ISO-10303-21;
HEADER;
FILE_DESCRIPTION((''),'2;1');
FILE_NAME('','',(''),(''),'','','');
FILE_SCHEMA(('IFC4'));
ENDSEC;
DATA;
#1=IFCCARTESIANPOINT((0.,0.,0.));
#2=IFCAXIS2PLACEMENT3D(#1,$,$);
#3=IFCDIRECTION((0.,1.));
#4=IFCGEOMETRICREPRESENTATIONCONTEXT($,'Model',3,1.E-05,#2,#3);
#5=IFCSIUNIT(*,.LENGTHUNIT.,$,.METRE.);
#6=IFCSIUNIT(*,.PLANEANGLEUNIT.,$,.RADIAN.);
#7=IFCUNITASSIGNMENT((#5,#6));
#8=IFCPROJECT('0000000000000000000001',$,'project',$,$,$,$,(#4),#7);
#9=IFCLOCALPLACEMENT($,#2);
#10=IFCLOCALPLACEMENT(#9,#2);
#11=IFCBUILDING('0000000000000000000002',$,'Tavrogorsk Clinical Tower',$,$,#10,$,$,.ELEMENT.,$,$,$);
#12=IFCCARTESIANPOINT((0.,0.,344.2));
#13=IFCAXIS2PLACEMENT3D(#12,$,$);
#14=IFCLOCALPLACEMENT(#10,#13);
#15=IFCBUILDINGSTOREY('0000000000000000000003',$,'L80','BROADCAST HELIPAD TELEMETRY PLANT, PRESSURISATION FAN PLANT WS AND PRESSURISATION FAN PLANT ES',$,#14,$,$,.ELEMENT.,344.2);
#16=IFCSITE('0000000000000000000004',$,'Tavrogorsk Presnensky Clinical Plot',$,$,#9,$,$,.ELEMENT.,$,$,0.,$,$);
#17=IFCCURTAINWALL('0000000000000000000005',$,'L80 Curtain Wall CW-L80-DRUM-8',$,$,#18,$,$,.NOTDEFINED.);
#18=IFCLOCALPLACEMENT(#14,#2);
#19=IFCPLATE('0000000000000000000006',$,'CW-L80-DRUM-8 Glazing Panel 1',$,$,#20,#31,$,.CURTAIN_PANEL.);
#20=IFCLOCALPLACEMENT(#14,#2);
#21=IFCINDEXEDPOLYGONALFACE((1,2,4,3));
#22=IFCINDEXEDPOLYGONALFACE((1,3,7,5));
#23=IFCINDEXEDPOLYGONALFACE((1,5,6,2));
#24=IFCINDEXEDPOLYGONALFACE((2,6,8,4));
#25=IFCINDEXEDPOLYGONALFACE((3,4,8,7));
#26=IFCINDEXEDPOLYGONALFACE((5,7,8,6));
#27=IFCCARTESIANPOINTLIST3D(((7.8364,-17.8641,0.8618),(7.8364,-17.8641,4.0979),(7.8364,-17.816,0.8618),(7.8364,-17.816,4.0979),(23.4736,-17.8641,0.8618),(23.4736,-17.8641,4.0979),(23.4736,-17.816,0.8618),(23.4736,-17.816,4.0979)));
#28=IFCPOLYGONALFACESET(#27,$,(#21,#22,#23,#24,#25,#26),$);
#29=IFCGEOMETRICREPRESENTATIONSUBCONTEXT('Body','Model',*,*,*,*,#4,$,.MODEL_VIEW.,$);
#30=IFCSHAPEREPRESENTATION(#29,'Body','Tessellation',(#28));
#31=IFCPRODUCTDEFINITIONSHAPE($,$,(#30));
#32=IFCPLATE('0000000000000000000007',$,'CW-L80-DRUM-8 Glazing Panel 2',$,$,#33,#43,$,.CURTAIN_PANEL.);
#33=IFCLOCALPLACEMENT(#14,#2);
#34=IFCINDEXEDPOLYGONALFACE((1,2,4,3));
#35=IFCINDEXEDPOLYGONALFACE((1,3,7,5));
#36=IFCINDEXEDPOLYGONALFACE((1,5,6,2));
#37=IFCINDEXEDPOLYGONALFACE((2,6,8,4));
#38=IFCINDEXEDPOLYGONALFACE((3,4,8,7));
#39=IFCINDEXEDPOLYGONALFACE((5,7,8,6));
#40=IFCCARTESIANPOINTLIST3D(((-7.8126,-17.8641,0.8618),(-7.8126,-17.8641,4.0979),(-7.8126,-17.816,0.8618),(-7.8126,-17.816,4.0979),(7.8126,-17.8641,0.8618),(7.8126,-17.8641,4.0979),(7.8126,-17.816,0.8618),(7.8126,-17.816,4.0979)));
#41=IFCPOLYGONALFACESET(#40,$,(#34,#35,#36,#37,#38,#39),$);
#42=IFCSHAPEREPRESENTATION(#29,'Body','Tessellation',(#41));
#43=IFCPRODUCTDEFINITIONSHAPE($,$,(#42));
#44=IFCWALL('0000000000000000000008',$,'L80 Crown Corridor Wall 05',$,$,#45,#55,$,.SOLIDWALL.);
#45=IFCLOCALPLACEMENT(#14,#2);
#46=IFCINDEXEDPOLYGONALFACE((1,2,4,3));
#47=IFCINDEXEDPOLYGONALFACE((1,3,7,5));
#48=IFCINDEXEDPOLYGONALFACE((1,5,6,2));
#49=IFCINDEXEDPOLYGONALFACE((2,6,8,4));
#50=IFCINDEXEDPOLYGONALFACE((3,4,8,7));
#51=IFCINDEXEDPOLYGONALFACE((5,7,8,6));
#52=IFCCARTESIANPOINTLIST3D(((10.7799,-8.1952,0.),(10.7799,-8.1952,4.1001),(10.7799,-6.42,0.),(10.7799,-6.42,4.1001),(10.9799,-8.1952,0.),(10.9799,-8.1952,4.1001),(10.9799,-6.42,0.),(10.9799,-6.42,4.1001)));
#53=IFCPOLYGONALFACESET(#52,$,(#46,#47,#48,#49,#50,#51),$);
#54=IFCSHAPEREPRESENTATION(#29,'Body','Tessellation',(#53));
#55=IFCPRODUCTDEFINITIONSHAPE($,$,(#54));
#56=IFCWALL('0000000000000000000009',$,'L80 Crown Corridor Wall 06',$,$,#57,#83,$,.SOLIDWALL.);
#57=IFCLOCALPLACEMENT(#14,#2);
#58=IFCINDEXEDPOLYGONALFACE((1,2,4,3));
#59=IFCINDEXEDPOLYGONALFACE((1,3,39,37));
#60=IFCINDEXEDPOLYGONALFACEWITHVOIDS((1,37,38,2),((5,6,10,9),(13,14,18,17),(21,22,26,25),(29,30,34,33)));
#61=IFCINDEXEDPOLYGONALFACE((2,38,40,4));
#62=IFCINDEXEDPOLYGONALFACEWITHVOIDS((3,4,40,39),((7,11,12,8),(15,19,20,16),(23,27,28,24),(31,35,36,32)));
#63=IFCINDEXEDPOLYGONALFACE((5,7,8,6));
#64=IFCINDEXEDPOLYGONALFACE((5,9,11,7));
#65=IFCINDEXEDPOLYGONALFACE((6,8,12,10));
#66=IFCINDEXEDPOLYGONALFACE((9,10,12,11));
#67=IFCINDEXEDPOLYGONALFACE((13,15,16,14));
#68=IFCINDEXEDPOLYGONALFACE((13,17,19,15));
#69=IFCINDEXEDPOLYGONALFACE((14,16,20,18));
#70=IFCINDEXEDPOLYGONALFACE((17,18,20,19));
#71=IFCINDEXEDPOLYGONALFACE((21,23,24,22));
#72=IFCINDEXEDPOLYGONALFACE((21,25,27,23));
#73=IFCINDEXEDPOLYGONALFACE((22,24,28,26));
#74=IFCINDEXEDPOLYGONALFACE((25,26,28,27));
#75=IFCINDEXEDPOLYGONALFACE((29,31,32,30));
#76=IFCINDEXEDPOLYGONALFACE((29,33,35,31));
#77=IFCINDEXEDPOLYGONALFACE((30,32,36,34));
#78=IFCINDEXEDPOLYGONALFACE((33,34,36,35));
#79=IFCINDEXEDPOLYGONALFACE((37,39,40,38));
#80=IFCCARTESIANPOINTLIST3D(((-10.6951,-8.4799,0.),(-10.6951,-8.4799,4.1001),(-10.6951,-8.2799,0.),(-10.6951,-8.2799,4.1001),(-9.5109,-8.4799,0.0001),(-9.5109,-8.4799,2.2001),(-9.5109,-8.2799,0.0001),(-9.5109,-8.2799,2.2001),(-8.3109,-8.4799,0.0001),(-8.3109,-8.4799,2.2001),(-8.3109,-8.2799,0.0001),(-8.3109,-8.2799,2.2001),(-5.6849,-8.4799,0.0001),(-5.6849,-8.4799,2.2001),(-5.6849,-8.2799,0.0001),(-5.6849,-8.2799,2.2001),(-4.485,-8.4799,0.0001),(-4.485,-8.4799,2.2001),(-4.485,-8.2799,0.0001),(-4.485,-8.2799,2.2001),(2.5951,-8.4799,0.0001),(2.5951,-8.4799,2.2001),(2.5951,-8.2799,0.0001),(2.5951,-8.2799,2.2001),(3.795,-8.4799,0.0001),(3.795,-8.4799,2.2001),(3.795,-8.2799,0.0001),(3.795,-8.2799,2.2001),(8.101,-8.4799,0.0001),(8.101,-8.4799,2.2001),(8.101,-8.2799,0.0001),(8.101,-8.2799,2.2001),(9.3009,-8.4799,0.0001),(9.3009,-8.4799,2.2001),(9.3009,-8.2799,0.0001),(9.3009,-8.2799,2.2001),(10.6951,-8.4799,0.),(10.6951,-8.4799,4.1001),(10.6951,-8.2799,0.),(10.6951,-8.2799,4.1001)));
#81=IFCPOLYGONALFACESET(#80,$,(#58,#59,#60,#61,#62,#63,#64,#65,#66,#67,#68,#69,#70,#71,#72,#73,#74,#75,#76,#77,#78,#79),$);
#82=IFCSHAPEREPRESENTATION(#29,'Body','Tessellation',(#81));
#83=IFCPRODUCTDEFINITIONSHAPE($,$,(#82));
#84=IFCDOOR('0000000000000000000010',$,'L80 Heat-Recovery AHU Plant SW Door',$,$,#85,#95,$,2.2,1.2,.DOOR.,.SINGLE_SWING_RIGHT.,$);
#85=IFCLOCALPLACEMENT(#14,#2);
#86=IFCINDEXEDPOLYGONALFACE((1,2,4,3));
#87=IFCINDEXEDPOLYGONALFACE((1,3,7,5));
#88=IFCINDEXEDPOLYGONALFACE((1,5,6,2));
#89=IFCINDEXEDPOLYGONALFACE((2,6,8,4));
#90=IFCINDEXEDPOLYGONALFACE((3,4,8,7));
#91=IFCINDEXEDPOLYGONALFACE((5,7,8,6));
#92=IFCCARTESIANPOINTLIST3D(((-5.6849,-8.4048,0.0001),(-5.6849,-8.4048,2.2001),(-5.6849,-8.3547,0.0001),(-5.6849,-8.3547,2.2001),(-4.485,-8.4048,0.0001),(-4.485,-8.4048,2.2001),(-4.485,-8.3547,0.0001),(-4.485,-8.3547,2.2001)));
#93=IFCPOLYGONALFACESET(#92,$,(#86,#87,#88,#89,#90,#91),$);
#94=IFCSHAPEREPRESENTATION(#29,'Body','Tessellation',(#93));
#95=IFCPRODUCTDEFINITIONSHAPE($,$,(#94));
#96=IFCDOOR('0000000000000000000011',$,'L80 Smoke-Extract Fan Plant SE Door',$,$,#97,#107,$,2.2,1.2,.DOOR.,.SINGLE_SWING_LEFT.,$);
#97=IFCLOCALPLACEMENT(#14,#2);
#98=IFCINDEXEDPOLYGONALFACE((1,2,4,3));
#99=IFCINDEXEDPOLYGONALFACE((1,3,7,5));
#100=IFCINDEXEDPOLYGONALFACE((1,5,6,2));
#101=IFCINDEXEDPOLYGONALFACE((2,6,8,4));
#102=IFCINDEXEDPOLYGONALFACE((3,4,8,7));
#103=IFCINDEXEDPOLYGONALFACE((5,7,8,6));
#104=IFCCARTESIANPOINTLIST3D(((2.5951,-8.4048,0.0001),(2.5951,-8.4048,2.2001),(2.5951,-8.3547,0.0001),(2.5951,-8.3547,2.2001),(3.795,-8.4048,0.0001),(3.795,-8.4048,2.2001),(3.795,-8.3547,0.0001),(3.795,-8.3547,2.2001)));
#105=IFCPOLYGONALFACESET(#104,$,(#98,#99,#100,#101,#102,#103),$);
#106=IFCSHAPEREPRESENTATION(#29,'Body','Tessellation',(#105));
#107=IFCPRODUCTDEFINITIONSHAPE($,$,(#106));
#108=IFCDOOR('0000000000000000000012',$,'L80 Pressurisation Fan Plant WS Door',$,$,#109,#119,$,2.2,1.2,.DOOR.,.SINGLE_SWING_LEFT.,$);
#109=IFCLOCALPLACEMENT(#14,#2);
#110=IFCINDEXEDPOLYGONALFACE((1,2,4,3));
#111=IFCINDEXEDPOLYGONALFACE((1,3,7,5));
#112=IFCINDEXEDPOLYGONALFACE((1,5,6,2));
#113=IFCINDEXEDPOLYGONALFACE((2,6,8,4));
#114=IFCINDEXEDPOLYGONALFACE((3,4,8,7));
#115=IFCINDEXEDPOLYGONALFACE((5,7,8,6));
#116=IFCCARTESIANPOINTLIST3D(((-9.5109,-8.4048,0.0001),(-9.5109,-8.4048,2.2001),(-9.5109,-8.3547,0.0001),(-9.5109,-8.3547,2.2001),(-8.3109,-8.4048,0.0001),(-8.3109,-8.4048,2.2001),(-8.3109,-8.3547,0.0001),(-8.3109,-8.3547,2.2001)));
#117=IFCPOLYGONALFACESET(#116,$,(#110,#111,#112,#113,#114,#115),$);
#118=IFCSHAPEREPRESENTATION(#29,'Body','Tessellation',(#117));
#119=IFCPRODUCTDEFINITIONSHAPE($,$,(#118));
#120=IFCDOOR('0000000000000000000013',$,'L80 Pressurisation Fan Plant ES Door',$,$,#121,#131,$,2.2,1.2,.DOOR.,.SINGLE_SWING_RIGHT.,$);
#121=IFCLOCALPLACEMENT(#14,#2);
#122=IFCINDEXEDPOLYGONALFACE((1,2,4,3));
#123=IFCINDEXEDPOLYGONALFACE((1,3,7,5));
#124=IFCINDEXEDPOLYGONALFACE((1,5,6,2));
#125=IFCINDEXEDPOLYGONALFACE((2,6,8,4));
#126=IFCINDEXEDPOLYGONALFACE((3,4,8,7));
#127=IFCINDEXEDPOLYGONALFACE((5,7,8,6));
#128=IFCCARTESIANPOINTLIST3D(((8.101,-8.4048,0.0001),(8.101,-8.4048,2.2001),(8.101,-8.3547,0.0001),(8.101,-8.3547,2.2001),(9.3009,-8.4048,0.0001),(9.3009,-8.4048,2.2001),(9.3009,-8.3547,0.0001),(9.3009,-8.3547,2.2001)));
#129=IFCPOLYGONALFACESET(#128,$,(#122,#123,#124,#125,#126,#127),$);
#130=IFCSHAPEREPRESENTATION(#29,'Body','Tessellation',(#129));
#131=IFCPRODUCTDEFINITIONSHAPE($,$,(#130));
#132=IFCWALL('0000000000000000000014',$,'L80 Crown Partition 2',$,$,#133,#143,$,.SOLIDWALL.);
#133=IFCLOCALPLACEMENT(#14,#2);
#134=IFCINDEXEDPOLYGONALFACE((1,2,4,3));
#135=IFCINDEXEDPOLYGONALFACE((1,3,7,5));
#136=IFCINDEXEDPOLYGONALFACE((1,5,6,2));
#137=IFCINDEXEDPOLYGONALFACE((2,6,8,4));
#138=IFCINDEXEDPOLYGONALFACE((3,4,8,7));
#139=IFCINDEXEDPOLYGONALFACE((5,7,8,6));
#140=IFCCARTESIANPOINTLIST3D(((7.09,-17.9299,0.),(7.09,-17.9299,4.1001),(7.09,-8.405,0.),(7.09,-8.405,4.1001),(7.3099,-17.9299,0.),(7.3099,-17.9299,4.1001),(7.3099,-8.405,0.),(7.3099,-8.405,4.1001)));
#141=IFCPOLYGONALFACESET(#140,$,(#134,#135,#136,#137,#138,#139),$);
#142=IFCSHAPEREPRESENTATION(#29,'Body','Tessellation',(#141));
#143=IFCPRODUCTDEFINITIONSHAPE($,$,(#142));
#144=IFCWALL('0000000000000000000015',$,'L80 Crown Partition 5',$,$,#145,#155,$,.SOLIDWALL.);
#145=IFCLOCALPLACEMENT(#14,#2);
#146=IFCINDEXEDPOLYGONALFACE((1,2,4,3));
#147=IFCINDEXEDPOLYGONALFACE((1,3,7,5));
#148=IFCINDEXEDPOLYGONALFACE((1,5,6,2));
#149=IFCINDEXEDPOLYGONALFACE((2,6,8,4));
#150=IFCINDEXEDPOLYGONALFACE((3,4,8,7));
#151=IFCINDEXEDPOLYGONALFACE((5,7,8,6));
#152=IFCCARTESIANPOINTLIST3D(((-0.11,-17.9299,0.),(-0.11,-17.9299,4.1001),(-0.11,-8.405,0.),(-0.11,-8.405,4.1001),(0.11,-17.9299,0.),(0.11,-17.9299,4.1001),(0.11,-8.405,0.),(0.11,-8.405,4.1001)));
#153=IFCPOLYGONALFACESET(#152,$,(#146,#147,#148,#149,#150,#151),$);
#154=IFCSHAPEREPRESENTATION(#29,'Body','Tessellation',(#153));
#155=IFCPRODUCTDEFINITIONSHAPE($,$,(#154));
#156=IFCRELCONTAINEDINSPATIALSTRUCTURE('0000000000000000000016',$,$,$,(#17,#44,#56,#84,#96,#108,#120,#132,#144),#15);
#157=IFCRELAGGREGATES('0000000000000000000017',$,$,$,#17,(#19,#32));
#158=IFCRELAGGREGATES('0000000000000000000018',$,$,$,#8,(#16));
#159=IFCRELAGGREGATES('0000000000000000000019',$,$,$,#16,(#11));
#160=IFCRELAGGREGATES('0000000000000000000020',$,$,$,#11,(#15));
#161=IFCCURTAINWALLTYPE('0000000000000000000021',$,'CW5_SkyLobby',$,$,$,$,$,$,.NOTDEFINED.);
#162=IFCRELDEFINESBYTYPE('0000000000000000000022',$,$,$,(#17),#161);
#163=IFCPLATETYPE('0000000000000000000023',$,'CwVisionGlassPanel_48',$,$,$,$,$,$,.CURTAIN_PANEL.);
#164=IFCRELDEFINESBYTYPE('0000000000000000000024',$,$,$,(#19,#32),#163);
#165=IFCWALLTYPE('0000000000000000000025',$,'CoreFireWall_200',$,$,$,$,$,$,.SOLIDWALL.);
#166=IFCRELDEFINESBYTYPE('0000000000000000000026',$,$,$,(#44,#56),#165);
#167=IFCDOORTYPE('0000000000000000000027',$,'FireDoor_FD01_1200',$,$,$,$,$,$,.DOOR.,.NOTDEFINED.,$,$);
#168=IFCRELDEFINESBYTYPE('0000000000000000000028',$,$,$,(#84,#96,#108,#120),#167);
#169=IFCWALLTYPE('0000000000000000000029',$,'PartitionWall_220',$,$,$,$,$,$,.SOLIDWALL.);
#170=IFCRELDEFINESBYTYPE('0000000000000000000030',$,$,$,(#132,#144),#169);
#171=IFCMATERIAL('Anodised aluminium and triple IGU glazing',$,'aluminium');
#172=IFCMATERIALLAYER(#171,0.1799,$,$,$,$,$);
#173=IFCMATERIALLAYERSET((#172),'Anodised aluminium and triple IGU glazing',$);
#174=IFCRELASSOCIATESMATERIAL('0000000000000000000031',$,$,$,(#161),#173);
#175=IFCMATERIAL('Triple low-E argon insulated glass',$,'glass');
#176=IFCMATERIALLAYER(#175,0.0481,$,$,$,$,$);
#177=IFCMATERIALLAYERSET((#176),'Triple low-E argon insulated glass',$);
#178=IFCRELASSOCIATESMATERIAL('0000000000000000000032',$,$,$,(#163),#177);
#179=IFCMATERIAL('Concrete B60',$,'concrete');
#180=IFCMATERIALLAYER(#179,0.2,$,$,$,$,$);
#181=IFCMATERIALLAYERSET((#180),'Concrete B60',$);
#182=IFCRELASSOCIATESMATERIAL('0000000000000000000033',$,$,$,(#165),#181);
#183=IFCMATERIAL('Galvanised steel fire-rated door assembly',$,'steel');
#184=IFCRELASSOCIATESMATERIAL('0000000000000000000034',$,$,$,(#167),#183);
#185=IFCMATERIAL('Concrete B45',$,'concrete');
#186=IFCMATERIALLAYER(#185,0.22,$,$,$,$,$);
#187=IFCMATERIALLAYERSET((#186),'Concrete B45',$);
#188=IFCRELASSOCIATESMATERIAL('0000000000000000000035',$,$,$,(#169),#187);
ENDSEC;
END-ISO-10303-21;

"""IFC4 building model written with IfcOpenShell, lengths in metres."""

from ifc_helpers import new_model, si_unit, direction, frame, frame_2d, origin, origin_2d, place, context, subcontext, project, spatial, rectangle, extrude, material, layer, layer_set, type_object, element, fill, aggregate, save


model = new_model("IFC4")

# Units and contexts
model_context = context("Model", 3, precision=1e-05, world=origin(), true_north=direction((0.0, 1.0)))
body_context = subcontext(model_context, "Body", "Model", "MODEL_VIEW")
ifc_project = project(units=[si_unit("LENGTHUNIT", "METRE"), si_unit("PLANEANGLEUNIT", "RADIAN")], contexts=[model_context])

# Site, building, storey
site_placement = place(None, origin())
site = spatial("IfcSite", under=ifc_project, at=site_placement, Name="Tavrogorsk Presnensky Clinical Plot", CompositionType="ELEMENT", RefElevation=0.0)
building_placement = place(site_placement, origin())
building = spatial("IfcBuilding", under=site, at=building_placement, Name="Tavrogorsk Clinical Tower", CompositionType="ELEMENT")
storey_placement = place(building_placement, frame((0.0, 0.0, 344.2)))
storey = spatial("IfcBuildingStorey", under=building, at=storey_placement, Name="L80", Description="BROADCAST HELIPAD TELEMETRY PLANT, PRESSURISATION FAN PLANT WS AND PRESSURISATION FAN PLANT ES", CompositionType="ELEMENT", Elevation=344.2)

# Curtain wall
ifc_material_1 = material(Name="Anodised aluminium and triple IGU glazing", Category="aluminium")
ifc_layer_1 = layer(ifc_material_1, 0.1799)
ifc_layer_set_1 = layer_set([ifc_layer_1], Name="Anodised aluminium and triple IGU glazing")
curtain_wall_type = type_object("IfcCurtainWallType", Name="CW5_SkyLobby", PredefinedType="NOTDEFINED", material=ifc_layer_set_1)
curtain_wall_placement = place(storey_placement, origin())
curtain_wall = element("IfcCurtainWall", 1, at=curtain_wall_placement, inside=storey, type_object=curtain_wall_type, Name="L80 Curtain Wall CW-L80-DRUM-8", PredefinedType="NOTDEFINED")

# Plates
ifc_material_2 = material(Name="Triple low-E argon insulated glass", Category="glass")
ifc_layer_2 = layer(ifc_material_2, 0.0481)
ifc_layer_set_2 = layer_set([ifc_layer_2], Name="Triple low-E argon insulated glass")
plate_type_1 = type_object("IfcPlateType", Name="CwVisionGlassPanel_48", PredefinedType="CURTAIN_PANEL", material=ifc_layer_set_2)
plate_1_placement = place(storey_placement, frame((15.655, -17.8401, 0.8618), z_axis=(0.0, 0.0, 1.0), x_axis=(-1.0, 0.0, 0.0)))
plate_1 = element("IfcPlate", 2, at=plate_1_placement, type_object=plate_type_1, Name="CW-L80-DRUM-8 Glazing Panel 1", PredefinedType="CURTAIN_PANEL", context=body_context, shape_type="SweptSolid", body=[
    extrude(rectangle(XDim=15.6372, YDim=0.0481, at=origin_2d()), origin(), (0.0, 0.0, 1.0), 3.2361),
])
plate_2_placement = place(storey_placement, frame((0.0, -17.8401, 0.8618), z_axis=(0.0, 0.0, 1.0), x_axis=(-1.0, 0.0, 0.0)))
plate_2 = element("IfcPlate", 3, at=plate_2_placement, type_object=plate_type_1, Name="CW-L80-DRUM-8 Glazing Panel 2", PredefinedType="CURTAIN_PANEL", context=body_context, shape_type="SweptSolid", body=[
    extrude(rectangle(XDim=15.6252, YDim=0.0481, at=origin_2d()), origin(), (0.0, 0.0, 1.0), 3.2361),
])
aggregate(curtain_wall, [plate_1, plate_2])

# Wall
ifc_material_3 = material(Name="Concrete B60", Category="concrete")
ifc_layer_3 = layer(ifc_material_3, 0.2)
ifc_layer_set_3 = layer_set([ifc_layer_3], Name="Concrete B60")
wall_type_1 = type_object("IfcWallType", Name="CoreFireWall_200", PredefinedType="SOLIDWALL", material=ifc_layer_set_3)
wall_1_placement = place(storey_placement, frame((10.8799, -6.4199, 0.0), z_axis=(0.0, 0.0, 1.0), x_axis=(0.0, -1.0, 0.0)))
element("IfcWall", 4, at=wall_1_placement, inside=storey, type_object=wall_type_1, Name="L80 Crown Corridor Wall 05", PredefinedType="SOLIDWALL", context=body_context, shape_type="SweptSolid", body=[
    extrude(rectangle(XDim=1.7751, YDim=0.2, at=frame_2d((0.8877, 0.0))), origin(), (0.0, 0.0, 1.0), 4.1001),
])

# Wall, openings, doors
wall_2_placement = place(storey_placement, frame((10.6951, -8.3799, 0.0), z_axis=(0.0, 0.0, 1.0), x_axis=(-1.0, 0.0, 0.0)))
wall_2 = element("IfcWall", 5, at=wall_2_placement, inside=storey, type_object=wall_type_1, Name="L80 Crown Corridor Wall 06", PredefinedType="SOLIDWALL", context=body_context, shape_type="SweptSolid", body=[
    extrude(rectangle(XDim=21.3901, YDim=0.2, at=frame_2d((10.6951, 0.0))), origin(), (0.0, 0.0, 1.0), 4.1001),
])
opening_1_placement = place(wall_2_placement, frame((15.1799, 0.0, 0.0)))
opening_1 = element("IfcOpeningElement", 6, at=opening_1_placement, cuts=wall_2, PredefinedType="OPENING", context=body_context, shape_type="SweptSolid", body=[
    extrude(rectangle(XDim=1.2, YDim=2.2, at=frame_2d((0.6001, 1.1001))), frame((0.0, 0.1099, 0.0), z_axis=(0.0, -1.0, 0.0), x_axis=(1.0, 0.0, 0.0)), (0.0, 0.0, 1.0), 0.22),
])
opening_2_placement = place(wall_2_placement, frame((6.8999, 0.0, 0.0)))
opening_2 = element("IfcOpeningElement", 7, at=opening_2_placement, cuts=wall_2, PredefinedType="OPENING", context=body_context, shape_type="SweptSolid", body=[
    extrude(rectangle(XDim=1.2, YDim=2.2, at=frame_2d((0.6001, 1.1001))), frame((0.0, 0.1099, 0.0), z_axis=(0.0, -1.0, 0.0), x_axis=(1.0, 0.0, 0.0)), (0.0, 0.0, 1.0), 0.22),
])
opening_3_placement = place(wall_2_placement, frame((19.0059, 0.0, 0.0)))
opening_3 = element("IfcOpeningElement", 8, at=opening_3_placement, cuts=wall_2, PredefinedType="OPENING", context=body_context, shape_type="SweptSolid", body=[
    extrude(rectangle(XDim=1.2, YDim=2.2, at=frame_2d((0.6001, 1.1001))), frame((0.0, 0.1099, 0.0), z_axis=(0.0, -1.0, 0.0), x_axis=(1.0, 0.0, 0.0)), (0.0, 0.0, 1.0), 0.22),
])
opening_4_placement = place(wall_2_placement, frame((1.394, 0.0, 0.0)))
opening_4 = element("IfcOpeningElement", 9, at=opening_4_placement, cuts=wall_2, PredefinedType="OPENING", context=body_context, shape_type="SweptSolid", body=[
    extrude(rectangle(XDim=1.2, YDim=2.2, at=frame_2d((0.6001, 1.1001))), frame((0.0, 0.1099, 0.0), z_axis=(0.0, -1.0, 0.0), x_axis=(1.0, 0.0, 0.0)), (0.0, 0.0, 1.0), 0.22),
])
ifc_material_4 = material(Name="Galvanised steel fire-rated door assembly", Category="steel")
door_type = type_object("IfcDoorType", Name="FireDoor_FD01_1200", OperationType="NOTDEFINED", PredefinedType="DOOR", material=ifc_material_4)
door_1_placement = place(opening_1_placement, origin())
door_1 = element("IfcDoor", 10, at=door_1_placement, inside=storey, type_object=door_type, Name="L80 Heat-Recovery AHU Plant SW Door", OperationType="SINGLE_SWING_RIGHT", OverallHeight=2.2, OverallWidth=1.2, PredefinedType="DOOR", context=body_context, shape_type="SweptSolid", body=[
    extrude(rectangle(XDim=1.2, YDim=2.2, at=frame_2d((0.6001, 1.1001))), frame((0.0, 0.0249, 0.0), z_axis=(0.0, -1.0, 0.0), x_axis=(1.0, 0.0, 0.0)), (0.0, 0.0, 1.0), 0.05),
])
fill(opening_1, door_1)
door_2_placement = place(opening_2_placement, origin())
door_2 = element("IfcDoor", 11, at=door_2_placement, inside=storey, type_object=door_type, Name="L80 Smoke-Extract Fan Plant SE Door", OperationType="SINGLE_SWING_LEFT", OverallHeight=2.2, OverallWidth=1.2, PredefinedType="DOOR", context=body_context, shape_type="SweptSolid", body=[
    extrude(rectangle(XDim=1.2, YDim=2.2, at=frame_2d((0.6001, 1.1001))), frame((0.0, 0.0249, 0.0), z_axis=(0.0, -1.0, 0.0), x_axis=(1.0, 0.0, 0.0)), (0.0, 0.0, 1.0), 0.05),
])
fill(opening_2, door_2)
door_3_placement = place(opening_3_placement, origin())
door_3 = element("IfcDoor", 12, at=door_3_placement, inside=storey, type_object=door_type, Name="L80 Pressurisation Fan Plant WS Door", OperationType="SINGLE_SWING_LEFT", OverallHeight=2.2, OverallWidth=1.2, PredefinedType="DOOR", context=body_context, shape_type="SweptSolid", body=[
    extrude(rectangle(XDim=1.2, YDim=2.2, at=frame_2d((0.6001, 1.1001))), frame((0.0, 0.0249, 0.0), z_axis=(0.0, -1.0, 0.0), x_axis=(1.0, 0.0, 0.0)), (0.0, 0.0, 1.0), 0.05),
])
fill(opening_3, door_3)
door_4_placement = place(opening_4_placement, origin())
door_4 = element("IfcDoor", 13, at=door_4_placement, inside=storey, type_object=door_type, Name="L80 Pressurisation Fan Plant ES Door", OperationType="SINGLE_SWING_RIGHT", OverallHeight=2.2, OverallWidth=1.2, PredefinedType="DOOR", context=body_context, shape_type="SweptSolid", body=[
    extrude(rectangle(XDim=1.2, YDim=2.2, at=frame_2d((0.6001, 1.1001))), frame((0.0, 0.0249, 0.0), z_axis=(0.0, -1.0, 0.0), x_axis=(1.0, 0.0, 0.0)), (0.0, 0.0, 1.0), 0.05),
])
fill(opening_4, door_4)

# Walls
ifc_material_5 = material(Name="Concrete B45", Category="concrete")
ifc_layer_4 = layer(ifc_material_5, 0.22)
ifc_layer_set_4 = layer_set([ifc_layer_4], Name="Concrete B45")
wall_type_2 = type_object("IfcWallType", Name="PartitionWall_220", PredefinedType="SOLIDWALL", material=ifc_layer_set_4)
for number, where, z_axis, x_axis, name in (
    (14, (7.2, -17.9299, 0.0), (0.0, 0.0, 1.0), (0.0, 1.0, 0.0), "L80 Crown Partition 2"),
    (15, (0.0, -17.9299, 0.0), (0.0, 0.0, 1.0), (0.0, 1.0, 0.0), "L80 Crown Partition 5"),
):
    element("IfcWall", number, at=place(storey_placement, frame(where, z_axis=z_axis, x_axis=x_axis)), inside=storey, type_object=wall_type_2, Name=name, PredefinedType="SOLIDWALL", context=body_context, shape_type="SweptSolid", body=[
        extrude(rectangle(XDim=9.5249, YDim=0.22, at=frame_2d((4.7625, 0.0))), origin(), (0.0, 0.0, 1.0), 4.1001),
    ])

save(model, "model.ifc")
